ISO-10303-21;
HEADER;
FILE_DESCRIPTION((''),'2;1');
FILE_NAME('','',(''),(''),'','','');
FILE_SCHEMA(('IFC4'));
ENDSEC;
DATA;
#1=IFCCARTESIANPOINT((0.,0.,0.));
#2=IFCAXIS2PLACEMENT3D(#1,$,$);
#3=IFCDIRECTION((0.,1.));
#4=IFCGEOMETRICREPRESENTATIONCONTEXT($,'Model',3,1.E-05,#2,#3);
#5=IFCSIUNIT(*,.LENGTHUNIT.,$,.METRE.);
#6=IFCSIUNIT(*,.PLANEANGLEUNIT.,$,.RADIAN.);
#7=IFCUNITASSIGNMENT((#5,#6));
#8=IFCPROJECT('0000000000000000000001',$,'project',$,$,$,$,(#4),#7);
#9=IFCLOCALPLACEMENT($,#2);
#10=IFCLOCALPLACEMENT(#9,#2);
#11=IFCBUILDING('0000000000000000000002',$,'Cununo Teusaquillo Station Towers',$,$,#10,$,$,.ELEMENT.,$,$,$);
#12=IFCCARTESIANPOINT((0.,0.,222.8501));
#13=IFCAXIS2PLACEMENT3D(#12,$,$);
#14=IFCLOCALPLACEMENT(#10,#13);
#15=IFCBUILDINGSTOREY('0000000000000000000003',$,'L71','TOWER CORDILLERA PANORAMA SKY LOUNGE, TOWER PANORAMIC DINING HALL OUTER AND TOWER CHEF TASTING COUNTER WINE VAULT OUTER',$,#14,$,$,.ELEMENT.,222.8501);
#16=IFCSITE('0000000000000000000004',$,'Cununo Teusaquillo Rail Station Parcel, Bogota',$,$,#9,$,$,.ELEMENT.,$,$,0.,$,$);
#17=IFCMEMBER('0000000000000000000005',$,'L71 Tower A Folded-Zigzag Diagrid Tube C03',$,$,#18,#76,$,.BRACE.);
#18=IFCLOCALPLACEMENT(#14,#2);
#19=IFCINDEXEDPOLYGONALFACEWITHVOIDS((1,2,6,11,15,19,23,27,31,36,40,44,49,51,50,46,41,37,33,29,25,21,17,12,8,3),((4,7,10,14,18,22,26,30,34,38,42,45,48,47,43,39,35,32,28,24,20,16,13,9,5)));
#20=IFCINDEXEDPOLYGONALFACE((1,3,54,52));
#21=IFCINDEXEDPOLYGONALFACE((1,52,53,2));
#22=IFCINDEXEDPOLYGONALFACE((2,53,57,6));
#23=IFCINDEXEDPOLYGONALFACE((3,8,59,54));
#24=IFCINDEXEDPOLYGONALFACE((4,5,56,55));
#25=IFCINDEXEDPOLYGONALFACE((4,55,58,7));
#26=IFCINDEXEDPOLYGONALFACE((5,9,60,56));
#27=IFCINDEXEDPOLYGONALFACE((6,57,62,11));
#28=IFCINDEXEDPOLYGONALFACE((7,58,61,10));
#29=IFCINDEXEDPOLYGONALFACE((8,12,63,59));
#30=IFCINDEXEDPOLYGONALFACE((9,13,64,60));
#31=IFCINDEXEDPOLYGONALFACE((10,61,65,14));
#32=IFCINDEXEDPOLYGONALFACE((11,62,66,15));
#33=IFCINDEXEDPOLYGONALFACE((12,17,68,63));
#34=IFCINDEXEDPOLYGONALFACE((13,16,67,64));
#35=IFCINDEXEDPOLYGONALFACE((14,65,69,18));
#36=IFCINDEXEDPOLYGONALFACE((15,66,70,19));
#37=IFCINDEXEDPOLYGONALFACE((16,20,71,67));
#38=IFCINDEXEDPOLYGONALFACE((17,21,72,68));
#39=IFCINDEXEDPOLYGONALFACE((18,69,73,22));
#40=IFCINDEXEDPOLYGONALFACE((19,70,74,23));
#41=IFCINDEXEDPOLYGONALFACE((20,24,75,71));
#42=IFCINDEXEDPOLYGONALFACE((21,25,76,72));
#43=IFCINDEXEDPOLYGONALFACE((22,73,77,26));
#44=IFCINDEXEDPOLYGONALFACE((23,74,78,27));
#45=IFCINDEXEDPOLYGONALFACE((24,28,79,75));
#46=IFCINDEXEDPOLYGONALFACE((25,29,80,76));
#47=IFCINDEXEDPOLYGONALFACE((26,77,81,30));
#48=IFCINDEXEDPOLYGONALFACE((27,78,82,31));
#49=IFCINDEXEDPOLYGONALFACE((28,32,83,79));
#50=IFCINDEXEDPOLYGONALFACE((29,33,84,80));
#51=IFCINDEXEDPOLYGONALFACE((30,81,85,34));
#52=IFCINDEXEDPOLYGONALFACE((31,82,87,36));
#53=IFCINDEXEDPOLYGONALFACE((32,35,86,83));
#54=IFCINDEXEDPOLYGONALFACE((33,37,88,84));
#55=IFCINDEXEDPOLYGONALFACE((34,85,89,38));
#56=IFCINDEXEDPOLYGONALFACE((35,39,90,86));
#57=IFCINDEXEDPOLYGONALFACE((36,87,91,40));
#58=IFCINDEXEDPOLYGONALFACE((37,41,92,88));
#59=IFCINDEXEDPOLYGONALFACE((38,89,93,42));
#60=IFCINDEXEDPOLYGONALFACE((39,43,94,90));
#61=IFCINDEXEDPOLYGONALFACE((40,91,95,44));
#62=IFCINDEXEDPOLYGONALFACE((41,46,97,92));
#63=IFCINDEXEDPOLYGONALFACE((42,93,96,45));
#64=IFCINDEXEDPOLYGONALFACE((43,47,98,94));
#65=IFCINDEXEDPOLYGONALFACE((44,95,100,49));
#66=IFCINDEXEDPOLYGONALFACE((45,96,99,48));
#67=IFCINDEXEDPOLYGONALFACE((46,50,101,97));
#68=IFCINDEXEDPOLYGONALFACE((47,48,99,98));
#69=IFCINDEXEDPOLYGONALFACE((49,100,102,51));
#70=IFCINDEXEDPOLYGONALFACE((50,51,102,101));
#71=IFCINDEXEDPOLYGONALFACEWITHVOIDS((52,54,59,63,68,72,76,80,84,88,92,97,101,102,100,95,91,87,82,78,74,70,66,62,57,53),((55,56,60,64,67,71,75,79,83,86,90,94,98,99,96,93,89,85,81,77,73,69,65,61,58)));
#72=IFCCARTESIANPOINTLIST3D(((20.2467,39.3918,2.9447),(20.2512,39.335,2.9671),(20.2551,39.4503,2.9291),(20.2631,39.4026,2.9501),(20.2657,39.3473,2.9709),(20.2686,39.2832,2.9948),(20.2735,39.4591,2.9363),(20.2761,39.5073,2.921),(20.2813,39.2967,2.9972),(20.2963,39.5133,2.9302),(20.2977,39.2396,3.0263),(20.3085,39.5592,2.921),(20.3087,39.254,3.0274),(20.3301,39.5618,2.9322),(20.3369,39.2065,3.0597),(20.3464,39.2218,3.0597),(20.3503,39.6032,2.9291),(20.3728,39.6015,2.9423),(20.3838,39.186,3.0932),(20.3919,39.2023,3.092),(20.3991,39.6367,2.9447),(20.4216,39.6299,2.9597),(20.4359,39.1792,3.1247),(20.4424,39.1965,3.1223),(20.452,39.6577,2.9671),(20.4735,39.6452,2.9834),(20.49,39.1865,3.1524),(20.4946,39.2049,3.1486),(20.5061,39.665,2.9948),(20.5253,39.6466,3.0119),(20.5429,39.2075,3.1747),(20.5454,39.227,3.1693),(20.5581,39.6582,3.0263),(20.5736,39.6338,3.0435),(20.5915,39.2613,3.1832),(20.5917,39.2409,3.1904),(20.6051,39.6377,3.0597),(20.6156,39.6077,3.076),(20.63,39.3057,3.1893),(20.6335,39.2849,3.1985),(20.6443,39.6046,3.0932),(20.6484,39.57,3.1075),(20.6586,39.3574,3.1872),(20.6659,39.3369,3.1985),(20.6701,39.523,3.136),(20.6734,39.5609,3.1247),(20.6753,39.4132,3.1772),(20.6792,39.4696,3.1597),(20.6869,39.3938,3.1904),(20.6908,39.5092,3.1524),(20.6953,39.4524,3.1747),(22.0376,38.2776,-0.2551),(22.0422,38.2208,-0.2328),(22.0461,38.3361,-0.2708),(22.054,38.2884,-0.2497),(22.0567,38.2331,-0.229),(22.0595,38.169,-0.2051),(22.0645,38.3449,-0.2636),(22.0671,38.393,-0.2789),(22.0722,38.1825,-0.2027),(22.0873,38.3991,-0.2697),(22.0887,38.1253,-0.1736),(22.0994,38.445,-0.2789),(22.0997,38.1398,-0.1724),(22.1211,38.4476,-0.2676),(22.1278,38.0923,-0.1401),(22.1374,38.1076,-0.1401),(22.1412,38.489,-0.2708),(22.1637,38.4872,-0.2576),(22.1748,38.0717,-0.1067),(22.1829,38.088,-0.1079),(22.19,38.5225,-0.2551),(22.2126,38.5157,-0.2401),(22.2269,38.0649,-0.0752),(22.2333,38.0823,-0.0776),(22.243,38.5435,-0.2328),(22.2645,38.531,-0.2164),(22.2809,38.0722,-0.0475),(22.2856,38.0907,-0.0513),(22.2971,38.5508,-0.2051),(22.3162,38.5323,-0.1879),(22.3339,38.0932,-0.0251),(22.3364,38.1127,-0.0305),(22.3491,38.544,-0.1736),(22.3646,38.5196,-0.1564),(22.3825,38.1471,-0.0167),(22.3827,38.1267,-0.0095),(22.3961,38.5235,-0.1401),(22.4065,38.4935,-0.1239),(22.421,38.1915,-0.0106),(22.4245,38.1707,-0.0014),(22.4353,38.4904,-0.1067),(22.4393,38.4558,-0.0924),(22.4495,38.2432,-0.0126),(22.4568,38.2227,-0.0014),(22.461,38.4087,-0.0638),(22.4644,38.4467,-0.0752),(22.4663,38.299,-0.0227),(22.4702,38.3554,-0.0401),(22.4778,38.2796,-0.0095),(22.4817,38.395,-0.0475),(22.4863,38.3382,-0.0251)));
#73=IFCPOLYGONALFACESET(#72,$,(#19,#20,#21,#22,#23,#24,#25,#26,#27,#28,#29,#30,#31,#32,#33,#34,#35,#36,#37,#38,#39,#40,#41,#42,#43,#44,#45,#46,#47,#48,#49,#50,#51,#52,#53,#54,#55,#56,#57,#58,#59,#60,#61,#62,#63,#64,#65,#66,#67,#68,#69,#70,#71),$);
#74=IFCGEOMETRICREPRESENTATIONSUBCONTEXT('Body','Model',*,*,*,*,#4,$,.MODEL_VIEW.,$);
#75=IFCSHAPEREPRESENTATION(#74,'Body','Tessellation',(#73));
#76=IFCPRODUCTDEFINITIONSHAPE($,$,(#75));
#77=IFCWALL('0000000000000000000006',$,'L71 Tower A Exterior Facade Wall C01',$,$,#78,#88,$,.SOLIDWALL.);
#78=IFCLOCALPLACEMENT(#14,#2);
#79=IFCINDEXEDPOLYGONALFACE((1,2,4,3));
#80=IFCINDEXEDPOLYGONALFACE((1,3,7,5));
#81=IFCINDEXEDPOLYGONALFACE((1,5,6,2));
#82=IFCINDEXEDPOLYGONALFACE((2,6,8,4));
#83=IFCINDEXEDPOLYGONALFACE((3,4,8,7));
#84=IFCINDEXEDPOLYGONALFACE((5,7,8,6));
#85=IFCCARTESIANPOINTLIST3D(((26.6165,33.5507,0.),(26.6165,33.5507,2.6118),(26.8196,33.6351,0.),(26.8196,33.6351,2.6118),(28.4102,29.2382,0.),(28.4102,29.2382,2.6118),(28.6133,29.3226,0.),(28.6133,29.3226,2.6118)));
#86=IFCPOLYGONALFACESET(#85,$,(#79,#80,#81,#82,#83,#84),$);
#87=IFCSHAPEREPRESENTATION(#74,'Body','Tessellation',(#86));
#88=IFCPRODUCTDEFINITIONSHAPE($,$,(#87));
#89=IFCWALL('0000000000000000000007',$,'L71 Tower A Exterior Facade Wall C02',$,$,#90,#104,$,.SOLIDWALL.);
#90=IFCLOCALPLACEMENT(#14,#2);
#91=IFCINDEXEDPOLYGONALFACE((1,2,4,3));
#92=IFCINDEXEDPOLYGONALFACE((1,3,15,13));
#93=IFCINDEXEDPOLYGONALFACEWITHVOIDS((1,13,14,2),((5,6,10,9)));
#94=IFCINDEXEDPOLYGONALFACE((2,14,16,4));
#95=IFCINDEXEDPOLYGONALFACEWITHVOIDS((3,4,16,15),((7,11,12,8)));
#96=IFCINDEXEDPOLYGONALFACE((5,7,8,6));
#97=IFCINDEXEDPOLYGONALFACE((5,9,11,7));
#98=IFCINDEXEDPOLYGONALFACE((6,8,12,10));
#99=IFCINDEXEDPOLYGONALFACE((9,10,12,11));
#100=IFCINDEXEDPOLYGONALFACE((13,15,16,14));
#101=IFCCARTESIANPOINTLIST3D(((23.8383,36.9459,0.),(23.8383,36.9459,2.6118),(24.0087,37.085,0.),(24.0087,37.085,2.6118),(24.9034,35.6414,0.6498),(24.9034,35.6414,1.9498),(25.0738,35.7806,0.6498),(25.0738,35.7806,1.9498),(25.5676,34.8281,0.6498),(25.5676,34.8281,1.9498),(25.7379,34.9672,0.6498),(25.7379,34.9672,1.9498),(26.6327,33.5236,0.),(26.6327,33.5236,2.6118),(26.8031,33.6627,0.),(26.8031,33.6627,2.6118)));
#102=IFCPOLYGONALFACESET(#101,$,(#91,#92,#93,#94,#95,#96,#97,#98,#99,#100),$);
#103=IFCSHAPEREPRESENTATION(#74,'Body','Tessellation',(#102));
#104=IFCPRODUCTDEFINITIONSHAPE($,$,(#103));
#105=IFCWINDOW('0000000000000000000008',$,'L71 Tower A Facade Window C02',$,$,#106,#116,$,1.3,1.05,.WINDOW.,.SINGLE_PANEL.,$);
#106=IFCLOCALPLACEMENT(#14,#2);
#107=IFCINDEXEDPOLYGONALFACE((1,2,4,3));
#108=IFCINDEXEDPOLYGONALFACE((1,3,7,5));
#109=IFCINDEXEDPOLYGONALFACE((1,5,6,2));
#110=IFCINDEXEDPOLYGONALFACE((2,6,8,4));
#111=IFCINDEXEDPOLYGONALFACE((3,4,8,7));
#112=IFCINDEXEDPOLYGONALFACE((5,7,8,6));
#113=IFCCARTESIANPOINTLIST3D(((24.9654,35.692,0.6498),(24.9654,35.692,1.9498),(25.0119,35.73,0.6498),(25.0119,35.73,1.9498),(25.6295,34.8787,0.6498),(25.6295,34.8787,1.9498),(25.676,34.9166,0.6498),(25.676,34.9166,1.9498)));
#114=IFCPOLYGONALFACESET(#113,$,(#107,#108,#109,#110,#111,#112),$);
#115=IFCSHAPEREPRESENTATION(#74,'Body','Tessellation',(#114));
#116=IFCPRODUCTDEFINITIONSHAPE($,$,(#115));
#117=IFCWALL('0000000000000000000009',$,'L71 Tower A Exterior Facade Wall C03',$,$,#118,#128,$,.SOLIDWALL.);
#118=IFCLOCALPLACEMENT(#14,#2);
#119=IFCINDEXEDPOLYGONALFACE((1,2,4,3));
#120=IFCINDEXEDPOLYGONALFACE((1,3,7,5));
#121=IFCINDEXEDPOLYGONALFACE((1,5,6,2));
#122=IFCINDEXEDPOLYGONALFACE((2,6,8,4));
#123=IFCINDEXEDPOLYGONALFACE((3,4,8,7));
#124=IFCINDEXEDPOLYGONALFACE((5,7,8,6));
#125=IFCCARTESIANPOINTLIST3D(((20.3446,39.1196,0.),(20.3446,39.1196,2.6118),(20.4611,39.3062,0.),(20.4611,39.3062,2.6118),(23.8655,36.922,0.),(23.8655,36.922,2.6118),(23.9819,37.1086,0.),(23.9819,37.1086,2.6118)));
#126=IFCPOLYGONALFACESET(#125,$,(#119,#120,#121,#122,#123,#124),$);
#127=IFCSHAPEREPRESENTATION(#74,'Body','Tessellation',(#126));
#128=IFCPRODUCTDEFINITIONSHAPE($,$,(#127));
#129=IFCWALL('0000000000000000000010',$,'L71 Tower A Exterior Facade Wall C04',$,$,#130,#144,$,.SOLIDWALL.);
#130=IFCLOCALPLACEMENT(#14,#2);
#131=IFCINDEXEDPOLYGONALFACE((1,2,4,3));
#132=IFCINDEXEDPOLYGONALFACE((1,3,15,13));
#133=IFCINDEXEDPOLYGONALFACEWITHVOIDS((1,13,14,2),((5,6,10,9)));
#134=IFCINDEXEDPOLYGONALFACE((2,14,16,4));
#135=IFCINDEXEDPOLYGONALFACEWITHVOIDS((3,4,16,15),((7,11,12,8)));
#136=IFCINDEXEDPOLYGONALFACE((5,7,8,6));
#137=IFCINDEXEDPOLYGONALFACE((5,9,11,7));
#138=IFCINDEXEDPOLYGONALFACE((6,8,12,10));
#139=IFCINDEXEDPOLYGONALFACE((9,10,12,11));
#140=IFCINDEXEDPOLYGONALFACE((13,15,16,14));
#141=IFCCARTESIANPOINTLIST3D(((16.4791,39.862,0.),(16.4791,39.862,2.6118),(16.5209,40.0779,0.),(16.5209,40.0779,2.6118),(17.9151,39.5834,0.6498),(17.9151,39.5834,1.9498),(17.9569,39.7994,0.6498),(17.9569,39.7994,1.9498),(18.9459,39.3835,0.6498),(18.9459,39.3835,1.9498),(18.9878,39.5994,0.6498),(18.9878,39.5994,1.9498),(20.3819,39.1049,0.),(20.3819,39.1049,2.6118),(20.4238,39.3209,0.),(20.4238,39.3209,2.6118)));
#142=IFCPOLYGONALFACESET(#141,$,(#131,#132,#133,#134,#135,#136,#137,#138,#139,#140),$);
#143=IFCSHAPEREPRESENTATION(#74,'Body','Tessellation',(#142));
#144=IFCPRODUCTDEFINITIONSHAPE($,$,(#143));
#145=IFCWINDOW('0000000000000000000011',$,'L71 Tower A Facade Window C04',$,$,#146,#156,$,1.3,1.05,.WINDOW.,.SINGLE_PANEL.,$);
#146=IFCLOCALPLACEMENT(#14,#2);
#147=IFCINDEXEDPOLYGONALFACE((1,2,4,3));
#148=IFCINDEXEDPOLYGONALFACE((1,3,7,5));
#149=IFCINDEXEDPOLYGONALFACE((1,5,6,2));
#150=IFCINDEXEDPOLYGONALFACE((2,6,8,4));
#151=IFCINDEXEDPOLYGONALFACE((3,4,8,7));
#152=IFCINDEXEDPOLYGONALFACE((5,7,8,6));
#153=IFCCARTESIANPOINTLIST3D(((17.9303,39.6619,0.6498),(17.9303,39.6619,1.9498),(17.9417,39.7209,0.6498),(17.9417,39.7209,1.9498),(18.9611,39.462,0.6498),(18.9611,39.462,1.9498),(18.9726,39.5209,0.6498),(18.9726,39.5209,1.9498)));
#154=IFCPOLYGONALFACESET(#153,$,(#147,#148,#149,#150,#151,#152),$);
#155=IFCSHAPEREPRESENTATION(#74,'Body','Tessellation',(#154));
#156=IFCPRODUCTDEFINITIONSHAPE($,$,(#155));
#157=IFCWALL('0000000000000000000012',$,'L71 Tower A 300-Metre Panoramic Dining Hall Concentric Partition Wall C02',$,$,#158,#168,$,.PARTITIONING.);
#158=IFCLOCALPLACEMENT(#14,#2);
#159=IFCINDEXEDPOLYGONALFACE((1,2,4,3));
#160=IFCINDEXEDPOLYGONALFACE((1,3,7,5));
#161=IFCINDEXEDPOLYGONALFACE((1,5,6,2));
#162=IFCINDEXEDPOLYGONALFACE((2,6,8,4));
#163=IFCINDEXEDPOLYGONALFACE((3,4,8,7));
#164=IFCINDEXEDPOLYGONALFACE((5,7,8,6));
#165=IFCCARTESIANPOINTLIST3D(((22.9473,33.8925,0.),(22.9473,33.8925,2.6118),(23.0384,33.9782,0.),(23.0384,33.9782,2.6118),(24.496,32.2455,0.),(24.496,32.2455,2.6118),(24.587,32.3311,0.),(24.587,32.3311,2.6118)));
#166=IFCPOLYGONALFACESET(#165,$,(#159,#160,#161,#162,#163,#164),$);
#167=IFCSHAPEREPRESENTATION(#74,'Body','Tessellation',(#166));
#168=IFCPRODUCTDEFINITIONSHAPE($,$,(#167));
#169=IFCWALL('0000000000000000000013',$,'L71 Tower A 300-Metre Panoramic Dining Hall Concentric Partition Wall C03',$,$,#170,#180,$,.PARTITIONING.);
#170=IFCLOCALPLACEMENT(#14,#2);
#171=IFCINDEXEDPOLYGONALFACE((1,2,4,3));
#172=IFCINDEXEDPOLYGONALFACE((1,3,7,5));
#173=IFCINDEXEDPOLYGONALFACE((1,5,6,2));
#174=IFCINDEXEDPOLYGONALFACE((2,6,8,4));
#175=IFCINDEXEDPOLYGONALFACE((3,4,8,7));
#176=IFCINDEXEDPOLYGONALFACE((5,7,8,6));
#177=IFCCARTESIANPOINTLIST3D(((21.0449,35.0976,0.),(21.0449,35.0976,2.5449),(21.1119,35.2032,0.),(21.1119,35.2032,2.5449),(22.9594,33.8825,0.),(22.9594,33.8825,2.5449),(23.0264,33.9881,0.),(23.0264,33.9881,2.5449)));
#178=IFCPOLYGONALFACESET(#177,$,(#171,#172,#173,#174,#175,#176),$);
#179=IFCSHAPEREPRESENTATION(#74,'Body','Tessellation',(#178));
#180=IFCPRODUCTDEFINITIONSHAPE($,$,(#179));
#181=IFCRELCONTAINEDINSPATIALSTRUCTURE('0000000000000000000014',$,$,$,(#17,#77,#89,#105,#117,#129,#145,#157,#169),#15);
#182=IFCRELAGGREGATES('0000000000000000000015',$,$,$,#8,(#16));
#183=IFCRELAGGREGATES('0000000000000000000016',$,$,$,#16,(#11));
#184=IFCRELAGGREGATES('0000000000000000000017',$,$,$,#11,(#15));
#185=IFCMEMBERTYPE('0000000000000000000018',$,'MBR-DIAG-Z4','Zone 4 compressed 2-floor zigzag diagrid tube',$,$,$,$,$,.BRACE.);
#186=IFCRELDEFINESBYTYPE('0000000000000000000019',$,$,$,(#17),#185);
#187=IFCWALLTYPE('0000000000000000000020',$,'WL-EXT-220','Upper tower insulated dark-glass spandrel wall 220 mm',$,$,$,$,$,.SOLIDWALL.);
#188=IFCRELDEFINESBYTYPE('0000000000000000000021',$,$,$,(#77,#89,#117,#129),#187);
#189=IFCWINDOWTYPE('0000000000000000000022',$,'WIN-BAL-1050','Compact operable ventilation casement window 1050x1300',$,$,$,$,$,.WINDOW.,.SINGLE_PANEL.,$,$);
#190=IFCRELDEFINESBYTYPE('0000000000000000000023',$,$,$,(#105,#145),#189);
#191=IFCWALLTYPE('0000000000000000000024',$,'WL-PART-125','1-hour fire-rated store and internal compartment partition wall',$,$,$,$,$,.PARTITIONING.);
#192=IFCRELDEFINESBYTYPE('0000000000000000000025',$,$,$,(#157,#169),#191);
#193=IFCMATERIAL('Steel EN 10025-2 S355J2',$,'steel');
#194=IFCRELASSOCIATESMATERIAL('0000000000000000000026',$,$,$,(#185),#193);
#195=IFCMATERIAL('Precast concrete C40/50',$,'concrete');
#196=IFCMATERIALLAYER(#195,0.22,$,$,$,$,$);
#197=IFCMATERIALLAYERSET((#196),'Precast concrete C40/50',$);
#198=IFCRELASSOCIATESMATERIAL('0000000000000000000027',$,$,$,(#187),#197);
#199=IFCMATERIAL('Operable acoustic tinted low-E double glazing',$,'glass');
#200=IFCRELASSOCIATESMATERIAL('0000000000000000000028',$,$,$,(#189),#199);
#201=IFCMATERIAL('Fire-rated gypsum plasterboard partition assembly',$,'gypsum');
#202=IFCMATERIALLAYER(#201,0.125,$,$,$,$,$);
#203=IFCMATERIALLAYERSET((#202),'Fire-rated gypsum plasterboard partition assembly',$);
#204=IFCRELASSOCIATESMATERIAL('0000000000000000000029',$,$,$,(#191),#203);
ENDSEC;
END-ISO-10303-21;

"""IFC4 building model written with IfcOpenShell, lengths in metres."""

from ifc_helpers import new_model, si_unit, direction, frame, frame_2d, origin, origin_2d, place, context, subcontext, project, spatial, rectangle, hollow_circle, extrude, source, transform, mapped, material, layer, layer_set, material_profile, profile_set, type_object, element, fill, save


model = new_model("IFC4")

# Units and contexts
model_context = context("Model", 3, precision=1e-05, world=origin(), true_north=direction((0.0, 1.0)))
body_context = subcontext(model_context, "Body", "Model", "MODEL_VIEW")
ifc_project = project(units=[si_unit("LENGTHUNIT", "METRE"), si_unit("PLANEANGLEUNIT", "RADIAN")], contexts=[model_context])

# Site, building, storey
site_placement = place(None, origin())
site = spatial("IfcSite", under=ifc_project, at=site_placement, Name="Cununo Teusaquillo Rail Station Parcel, Bogota", CompositionType="ELEMENT", RefElevation=0.0)
building_placement = place(site_placement, origin())
building = spatial("IfcBuilding", under=site, at=building_placement, Name="Cununo Teusaquillo Station Towers", CompositionType="ELEMENT")
storey_placement = place(building_placement, frame((0.0, 0.0, 222.8501)))
storey = spatial("IfcBuildingStorey", under=building, at=storey_placement, Name="L71", Description="TOWER CORDILLERA PANORAMA SKY LOUNGE, TOWER PANORAMIC DINING HALL OUTER AND TOWER CHEF TASTING COUNTER WINE VAULT OUTER", CompositionType="ELEMENT", Elevation=222.8501)

# Member
ifc_material_1 = material(Name="Steel EN 10025-2 S355J2", Category="steel")
ifc_material_profile_1 = material_profile(ifc_material_1, hollow_circle(Radius=0.2539, WallThickness=0.0181, at=origin_2d()), Name="CHS 508x18")
ifc_profile_set_1 = profile_set([ifc_material_profile_1], Name="Steel EN 10025-2 S355J2")
member_type = type_object("IfcMemberType", Name="MBR-DIAG-Z4", Description="Zone 4 compressed 2-floor zigzag diagrid tube", PredefinedType="BRACE", material=ifc_profile_set_1)
member_1_placement = place(storey_placement, frame((22.262, 38.3079, -0.1401), z_axis=(-0.467308, 0.29073, 0.834925), x_axis=(-0.52825, -0.849089, 0.0)))
element("IfcMember", 1, at=member_1_placement, inside=storey, type_object=member_type, Name="L71 Tower A Folded-Zigzag Diagrid Tube C03", PredefinedType="BRACE", context=body_context, shape_type="SweptSolid", body=[
    extrude(hollow_circle(Radius=0.2539, WallThickness=0.0181, at=origin_2d()), origin(), (0.0, 0.0, 1.0), 3.8325),
])

# Wall
ifc_material_2 = material(Name="Precast concrete C40/50", Category="concrete")
ifc_layer_1 = layer(ifc_material_2, 0.22)
ifc_layer_set_1 = layer_set([ifc_layer_1], Name="Precast concrete C40/50")
wall_type_1 = type_object("IfcWallType", Name="WL-EXT-220", Description="Upper tower insulated dark-glass spandrel wall 220 mm", PredefinedType="SOLIDWALL", material=ifc_layer_set_1)
wall_1_placement = place(storey_placement, frame((26.718, 33.593, 0.0), z_axis=(0.0, 0.0, 1.0), x_axis=(0.384036, -0.923318, 0.0)))
element("IfcWall", 2, at=wall_1_placement, inside=storey, type_object=wall_type_1, Name="L71 Tower A Exterior Facade Wall C01", PredefinedType="SOLIDWALL", context=body_context, shape_type="SweptSolid", body=[
    extrude(rectangle(XDim=4.6707, YDim=0.22, at=frame_2d((2.3354, 0.0))), origin(), (0.0, 0.0, 1.0), 2.6118),
])

# Wall, opening, window
wall_2_placement = place(storey_placement, frame((23.9236, 37.0154, 0.0), z_axis=(0.0, 0.0, 1.0), x_axis=(0.632467, -0.774587, 0.0)))
wall_2 = element("IfcWall", 3, at=wall_2_placement, inside=storey, type_object=wall_type_1, Name="L71 Tower A Exterior Facade Wall C02", PredefinedType="SOLIDWALL", context=body_context, shape_type="SweptSolid", body=[
    extrude(rectangle(XDim=4.4182, YDim=0.22, at=frame_2d((2.209, 0.0))), origin(), (0.0, 0.0, 1.0), 2.6118),
])
shared_shape_1 = source(origin(), body_context, "Body", "SweptSolid", [
    extrude(rectangle(XDim=1.05, YDim=1.3, at=frame_2d((0.5249, 0.6499))), frame((0.0, 0.1199, 0.0), z_axis=(0.0, -1.0, 0.0), x_axis=(1.0, 0.0, 0.0)), (0.0, 0.0, 1.0), 0.24),
])
opening_1_placement = place(wall_2_placement, frame((1.6841, 0.0, 0.6499)))
opening_1 = element("IfcOpeningElement", 4, at=opening_1_placement, cuts=wall_2, PredefinedType="OPENING", context=body_context, shape_type="MappedRepresentation", body=[
    mapped(shared_shape_1, transform((0.0, 0.0, 0.0), x_axis=(1.0, 0.0, 0.0), y_axis=(0.0, 1.0, 0.0), z_axis=(0.0, 0.0, 1.0), scale=1.0)),
])
ifc_material_3 = material(Name="Operable acoustic tinted low-E double glazing", Category="glass")
window_type = type_object("IfcWindowType", Name="WIN-BAL-1050", Description="Compact operable ventilation casement window 1050x1300", PartitioningType="SINGLE_PANEL", PredefinedType="WINDOW", material=ifc_material_3)
shared_shape_2 = source(origin(), body_context, "Body", "SweptSolid", [
    extrude(rectangle(XDim=1.05, YDim=1.3, at=frame_2d((0.5249, 0.6499))), frame((0.0, 0.03, 0.0), z_axis=(0.0, -1.0, 0.0), x_axis=(1.0, 0.0, 0.0)), (0.0, 0.0, 1.0), 0.0601),
])
window_1_placement = place(opening_1_placement, origin())
window_1 = element("IfcWindow", 5, at=window_1_placement, inside=storey, type_object=window_type, Name="L71 Tower A Facade Window C02", OverallHeight=1.3, OverallWidth=1.05, PartitioningType="SINGLE_PANEL", PredefinedType="WINDOW", context=body_context, shape_type="MappedRepresentation", body=[
    mapped(shared_shape_2, transform((0.0, 0.0, 0.0), x_axis=(1.0, 0.0, 0.0), y_axis=(0.0, 1.0, 0.0), z_axis=(0.0, 0.0, 1.0), scale=1.0)),
])
fill(opening_1, window_1)

# Wall
wall_3_placement = place(storey_placement, frame((20.4028, 39.2129, 0.0), z_axis=(0.0, 0.0, 1.0), x_axis=(0.848319, -0.529486, 0.0)))
element("IfcWall", 6, at=wall_3_placement, inside=storey, type_object=wall_type_1, Name="L71 Tower A Exterior Facade Wall C03", PredefinedType="SOLIDWALL", context=body_context, shape_type="SweptSolid", body=[
    extrude(rectangle(XDim=4.1504, YDim=0.22, at=frame_2d((2.0752, 0.0))), origin(), (0.0, 0.0, 1.0), 2.6118),
])

# Wall, opening, window
wall_4_placement = place(storey_placement, frame((16.5, 39.97, 0.0), z_axis=(0.0, 0.0, 1.0), x_axis=(0.9817, -0.190432, 0.0)))
wall_4 = element("IfcWall", 7, at=wall_4_placement, inside=storey, type_object=wall_type_1, Name="L71 Tower A Exterior Facade Wall C04", PredefinedType="SOLIDWALL", context=body_context, shape_type="SweptSolid", body=[
    extrude(rectangle(XDim=3.9756, YDim=0.22, at=frame_2d((1.9878, 0.0))), origin(), (0.0, 0.0, 1.0), 2.6118),
])
opening_2_placement = place(wall_4_placement, frame((1.4629, 0.0, 0.6499)))
opening_2 = element("IfcOpeningElement", 8, at=opening_2_placement, cuts=wall_4, PredefinedType="OPENING", context=body_context, shape_type="MappedRepresentation", body=[
    mapped(shared_shape_1, transform((0.0, 0.0, 0.0), x_axis=(1.0, 0.0, 0.0), y_axis=(0.0, 1.0, 0.0), z_axis=(0.0, 0.0, 1.0), scale=1.0)),
])
window_2_placement = place(opening_2_placement, origin())
window_2 = element("IfcWindow", 9, at=window_2_placement, inside=storey, type_object=window_type, Name="L71 Tower A Facade Window C04", OverallHeight=1.3, OverallWidth=1.05, PartitioningType="SINGLE_PANEL", PredefinedType="WINDOW", context=body_context, shape_type="MappedRepresentation", body=[
    mapped(shared_shape_2, transform((0.0, 0.0, 0.0), x_axis=(1.0, 0.0, 0.0), y_axis=(0.0, 1.0, 0.0), z_axis=(0.0, 0.0, 1.0), scale=1.0)),
])
fill(opening_2, window_2)

# Walls
ifc_material_4 = material(Name="Fire-rated gypsum plasterboard partition assembly", Category="gypsum")
ifc_layer_2 = layer(ifc_material_4, 0.125)
ifc_layer_set_2 = layer_set([ifc_layer_2], Name="Fire-rated gypsum plasterboard partition assembly")
wall_type_2 = type_object("IfcWallType", Name="WL-PART-125", Description="1-hour fire-rated store and internal compartment partition wall", PredefinedType="PARTITIONING", material=ifc_layer_set_2)
wall_5_placement = place(storey_placement, frame((24.5415, 32.2883, 0.0), z_axis=(0.0, 0.0, 1.0), x_axis=(-0.685011, 0.728533, 0.0)))
element("IfcWall", 10, at=wall_5_placement, inside=storey, type_object=wall_type_2, Name="L71 Tower A 300-Metre Panoramic Dining Hall Concentric Partition Wall C02", PredefinedType="PARTITIONING", context=body_context, shape_type="SweptSolid", body=[
    extrude(rectangle(XDim=2.2607, YDim=0.125, at=frame_2d((1.1304, 0.0))), origin(), (0.0, 0.0, 1.0), 2.6118),
])
wall_6_placement = place(storey_placement, frame((22.9929, 33.9353, 0.0), z_axis=(0.0, 0.0, 1.0), x_axis=(-0.844313, 0.535851, 0.0)))
element("IfcWall", 11, at=wall_6_placement, inside=storey, type_object=wall_type_2, Name="L71 Tower A 300-Metre Panoramic Dining Hall Concentric Partition Wall C03", PredefinedType="PARTITIONING", context=body_context, shape_type="SweptSolid", body=[
    extrude(rectangle(XDim=2.2676, YDim=0.125, at=frame_2d((1.1338, 0.0))), origin(), (0.0, 0.0, 1.0), 2.5449),
])

save(model, "model.ifc")
